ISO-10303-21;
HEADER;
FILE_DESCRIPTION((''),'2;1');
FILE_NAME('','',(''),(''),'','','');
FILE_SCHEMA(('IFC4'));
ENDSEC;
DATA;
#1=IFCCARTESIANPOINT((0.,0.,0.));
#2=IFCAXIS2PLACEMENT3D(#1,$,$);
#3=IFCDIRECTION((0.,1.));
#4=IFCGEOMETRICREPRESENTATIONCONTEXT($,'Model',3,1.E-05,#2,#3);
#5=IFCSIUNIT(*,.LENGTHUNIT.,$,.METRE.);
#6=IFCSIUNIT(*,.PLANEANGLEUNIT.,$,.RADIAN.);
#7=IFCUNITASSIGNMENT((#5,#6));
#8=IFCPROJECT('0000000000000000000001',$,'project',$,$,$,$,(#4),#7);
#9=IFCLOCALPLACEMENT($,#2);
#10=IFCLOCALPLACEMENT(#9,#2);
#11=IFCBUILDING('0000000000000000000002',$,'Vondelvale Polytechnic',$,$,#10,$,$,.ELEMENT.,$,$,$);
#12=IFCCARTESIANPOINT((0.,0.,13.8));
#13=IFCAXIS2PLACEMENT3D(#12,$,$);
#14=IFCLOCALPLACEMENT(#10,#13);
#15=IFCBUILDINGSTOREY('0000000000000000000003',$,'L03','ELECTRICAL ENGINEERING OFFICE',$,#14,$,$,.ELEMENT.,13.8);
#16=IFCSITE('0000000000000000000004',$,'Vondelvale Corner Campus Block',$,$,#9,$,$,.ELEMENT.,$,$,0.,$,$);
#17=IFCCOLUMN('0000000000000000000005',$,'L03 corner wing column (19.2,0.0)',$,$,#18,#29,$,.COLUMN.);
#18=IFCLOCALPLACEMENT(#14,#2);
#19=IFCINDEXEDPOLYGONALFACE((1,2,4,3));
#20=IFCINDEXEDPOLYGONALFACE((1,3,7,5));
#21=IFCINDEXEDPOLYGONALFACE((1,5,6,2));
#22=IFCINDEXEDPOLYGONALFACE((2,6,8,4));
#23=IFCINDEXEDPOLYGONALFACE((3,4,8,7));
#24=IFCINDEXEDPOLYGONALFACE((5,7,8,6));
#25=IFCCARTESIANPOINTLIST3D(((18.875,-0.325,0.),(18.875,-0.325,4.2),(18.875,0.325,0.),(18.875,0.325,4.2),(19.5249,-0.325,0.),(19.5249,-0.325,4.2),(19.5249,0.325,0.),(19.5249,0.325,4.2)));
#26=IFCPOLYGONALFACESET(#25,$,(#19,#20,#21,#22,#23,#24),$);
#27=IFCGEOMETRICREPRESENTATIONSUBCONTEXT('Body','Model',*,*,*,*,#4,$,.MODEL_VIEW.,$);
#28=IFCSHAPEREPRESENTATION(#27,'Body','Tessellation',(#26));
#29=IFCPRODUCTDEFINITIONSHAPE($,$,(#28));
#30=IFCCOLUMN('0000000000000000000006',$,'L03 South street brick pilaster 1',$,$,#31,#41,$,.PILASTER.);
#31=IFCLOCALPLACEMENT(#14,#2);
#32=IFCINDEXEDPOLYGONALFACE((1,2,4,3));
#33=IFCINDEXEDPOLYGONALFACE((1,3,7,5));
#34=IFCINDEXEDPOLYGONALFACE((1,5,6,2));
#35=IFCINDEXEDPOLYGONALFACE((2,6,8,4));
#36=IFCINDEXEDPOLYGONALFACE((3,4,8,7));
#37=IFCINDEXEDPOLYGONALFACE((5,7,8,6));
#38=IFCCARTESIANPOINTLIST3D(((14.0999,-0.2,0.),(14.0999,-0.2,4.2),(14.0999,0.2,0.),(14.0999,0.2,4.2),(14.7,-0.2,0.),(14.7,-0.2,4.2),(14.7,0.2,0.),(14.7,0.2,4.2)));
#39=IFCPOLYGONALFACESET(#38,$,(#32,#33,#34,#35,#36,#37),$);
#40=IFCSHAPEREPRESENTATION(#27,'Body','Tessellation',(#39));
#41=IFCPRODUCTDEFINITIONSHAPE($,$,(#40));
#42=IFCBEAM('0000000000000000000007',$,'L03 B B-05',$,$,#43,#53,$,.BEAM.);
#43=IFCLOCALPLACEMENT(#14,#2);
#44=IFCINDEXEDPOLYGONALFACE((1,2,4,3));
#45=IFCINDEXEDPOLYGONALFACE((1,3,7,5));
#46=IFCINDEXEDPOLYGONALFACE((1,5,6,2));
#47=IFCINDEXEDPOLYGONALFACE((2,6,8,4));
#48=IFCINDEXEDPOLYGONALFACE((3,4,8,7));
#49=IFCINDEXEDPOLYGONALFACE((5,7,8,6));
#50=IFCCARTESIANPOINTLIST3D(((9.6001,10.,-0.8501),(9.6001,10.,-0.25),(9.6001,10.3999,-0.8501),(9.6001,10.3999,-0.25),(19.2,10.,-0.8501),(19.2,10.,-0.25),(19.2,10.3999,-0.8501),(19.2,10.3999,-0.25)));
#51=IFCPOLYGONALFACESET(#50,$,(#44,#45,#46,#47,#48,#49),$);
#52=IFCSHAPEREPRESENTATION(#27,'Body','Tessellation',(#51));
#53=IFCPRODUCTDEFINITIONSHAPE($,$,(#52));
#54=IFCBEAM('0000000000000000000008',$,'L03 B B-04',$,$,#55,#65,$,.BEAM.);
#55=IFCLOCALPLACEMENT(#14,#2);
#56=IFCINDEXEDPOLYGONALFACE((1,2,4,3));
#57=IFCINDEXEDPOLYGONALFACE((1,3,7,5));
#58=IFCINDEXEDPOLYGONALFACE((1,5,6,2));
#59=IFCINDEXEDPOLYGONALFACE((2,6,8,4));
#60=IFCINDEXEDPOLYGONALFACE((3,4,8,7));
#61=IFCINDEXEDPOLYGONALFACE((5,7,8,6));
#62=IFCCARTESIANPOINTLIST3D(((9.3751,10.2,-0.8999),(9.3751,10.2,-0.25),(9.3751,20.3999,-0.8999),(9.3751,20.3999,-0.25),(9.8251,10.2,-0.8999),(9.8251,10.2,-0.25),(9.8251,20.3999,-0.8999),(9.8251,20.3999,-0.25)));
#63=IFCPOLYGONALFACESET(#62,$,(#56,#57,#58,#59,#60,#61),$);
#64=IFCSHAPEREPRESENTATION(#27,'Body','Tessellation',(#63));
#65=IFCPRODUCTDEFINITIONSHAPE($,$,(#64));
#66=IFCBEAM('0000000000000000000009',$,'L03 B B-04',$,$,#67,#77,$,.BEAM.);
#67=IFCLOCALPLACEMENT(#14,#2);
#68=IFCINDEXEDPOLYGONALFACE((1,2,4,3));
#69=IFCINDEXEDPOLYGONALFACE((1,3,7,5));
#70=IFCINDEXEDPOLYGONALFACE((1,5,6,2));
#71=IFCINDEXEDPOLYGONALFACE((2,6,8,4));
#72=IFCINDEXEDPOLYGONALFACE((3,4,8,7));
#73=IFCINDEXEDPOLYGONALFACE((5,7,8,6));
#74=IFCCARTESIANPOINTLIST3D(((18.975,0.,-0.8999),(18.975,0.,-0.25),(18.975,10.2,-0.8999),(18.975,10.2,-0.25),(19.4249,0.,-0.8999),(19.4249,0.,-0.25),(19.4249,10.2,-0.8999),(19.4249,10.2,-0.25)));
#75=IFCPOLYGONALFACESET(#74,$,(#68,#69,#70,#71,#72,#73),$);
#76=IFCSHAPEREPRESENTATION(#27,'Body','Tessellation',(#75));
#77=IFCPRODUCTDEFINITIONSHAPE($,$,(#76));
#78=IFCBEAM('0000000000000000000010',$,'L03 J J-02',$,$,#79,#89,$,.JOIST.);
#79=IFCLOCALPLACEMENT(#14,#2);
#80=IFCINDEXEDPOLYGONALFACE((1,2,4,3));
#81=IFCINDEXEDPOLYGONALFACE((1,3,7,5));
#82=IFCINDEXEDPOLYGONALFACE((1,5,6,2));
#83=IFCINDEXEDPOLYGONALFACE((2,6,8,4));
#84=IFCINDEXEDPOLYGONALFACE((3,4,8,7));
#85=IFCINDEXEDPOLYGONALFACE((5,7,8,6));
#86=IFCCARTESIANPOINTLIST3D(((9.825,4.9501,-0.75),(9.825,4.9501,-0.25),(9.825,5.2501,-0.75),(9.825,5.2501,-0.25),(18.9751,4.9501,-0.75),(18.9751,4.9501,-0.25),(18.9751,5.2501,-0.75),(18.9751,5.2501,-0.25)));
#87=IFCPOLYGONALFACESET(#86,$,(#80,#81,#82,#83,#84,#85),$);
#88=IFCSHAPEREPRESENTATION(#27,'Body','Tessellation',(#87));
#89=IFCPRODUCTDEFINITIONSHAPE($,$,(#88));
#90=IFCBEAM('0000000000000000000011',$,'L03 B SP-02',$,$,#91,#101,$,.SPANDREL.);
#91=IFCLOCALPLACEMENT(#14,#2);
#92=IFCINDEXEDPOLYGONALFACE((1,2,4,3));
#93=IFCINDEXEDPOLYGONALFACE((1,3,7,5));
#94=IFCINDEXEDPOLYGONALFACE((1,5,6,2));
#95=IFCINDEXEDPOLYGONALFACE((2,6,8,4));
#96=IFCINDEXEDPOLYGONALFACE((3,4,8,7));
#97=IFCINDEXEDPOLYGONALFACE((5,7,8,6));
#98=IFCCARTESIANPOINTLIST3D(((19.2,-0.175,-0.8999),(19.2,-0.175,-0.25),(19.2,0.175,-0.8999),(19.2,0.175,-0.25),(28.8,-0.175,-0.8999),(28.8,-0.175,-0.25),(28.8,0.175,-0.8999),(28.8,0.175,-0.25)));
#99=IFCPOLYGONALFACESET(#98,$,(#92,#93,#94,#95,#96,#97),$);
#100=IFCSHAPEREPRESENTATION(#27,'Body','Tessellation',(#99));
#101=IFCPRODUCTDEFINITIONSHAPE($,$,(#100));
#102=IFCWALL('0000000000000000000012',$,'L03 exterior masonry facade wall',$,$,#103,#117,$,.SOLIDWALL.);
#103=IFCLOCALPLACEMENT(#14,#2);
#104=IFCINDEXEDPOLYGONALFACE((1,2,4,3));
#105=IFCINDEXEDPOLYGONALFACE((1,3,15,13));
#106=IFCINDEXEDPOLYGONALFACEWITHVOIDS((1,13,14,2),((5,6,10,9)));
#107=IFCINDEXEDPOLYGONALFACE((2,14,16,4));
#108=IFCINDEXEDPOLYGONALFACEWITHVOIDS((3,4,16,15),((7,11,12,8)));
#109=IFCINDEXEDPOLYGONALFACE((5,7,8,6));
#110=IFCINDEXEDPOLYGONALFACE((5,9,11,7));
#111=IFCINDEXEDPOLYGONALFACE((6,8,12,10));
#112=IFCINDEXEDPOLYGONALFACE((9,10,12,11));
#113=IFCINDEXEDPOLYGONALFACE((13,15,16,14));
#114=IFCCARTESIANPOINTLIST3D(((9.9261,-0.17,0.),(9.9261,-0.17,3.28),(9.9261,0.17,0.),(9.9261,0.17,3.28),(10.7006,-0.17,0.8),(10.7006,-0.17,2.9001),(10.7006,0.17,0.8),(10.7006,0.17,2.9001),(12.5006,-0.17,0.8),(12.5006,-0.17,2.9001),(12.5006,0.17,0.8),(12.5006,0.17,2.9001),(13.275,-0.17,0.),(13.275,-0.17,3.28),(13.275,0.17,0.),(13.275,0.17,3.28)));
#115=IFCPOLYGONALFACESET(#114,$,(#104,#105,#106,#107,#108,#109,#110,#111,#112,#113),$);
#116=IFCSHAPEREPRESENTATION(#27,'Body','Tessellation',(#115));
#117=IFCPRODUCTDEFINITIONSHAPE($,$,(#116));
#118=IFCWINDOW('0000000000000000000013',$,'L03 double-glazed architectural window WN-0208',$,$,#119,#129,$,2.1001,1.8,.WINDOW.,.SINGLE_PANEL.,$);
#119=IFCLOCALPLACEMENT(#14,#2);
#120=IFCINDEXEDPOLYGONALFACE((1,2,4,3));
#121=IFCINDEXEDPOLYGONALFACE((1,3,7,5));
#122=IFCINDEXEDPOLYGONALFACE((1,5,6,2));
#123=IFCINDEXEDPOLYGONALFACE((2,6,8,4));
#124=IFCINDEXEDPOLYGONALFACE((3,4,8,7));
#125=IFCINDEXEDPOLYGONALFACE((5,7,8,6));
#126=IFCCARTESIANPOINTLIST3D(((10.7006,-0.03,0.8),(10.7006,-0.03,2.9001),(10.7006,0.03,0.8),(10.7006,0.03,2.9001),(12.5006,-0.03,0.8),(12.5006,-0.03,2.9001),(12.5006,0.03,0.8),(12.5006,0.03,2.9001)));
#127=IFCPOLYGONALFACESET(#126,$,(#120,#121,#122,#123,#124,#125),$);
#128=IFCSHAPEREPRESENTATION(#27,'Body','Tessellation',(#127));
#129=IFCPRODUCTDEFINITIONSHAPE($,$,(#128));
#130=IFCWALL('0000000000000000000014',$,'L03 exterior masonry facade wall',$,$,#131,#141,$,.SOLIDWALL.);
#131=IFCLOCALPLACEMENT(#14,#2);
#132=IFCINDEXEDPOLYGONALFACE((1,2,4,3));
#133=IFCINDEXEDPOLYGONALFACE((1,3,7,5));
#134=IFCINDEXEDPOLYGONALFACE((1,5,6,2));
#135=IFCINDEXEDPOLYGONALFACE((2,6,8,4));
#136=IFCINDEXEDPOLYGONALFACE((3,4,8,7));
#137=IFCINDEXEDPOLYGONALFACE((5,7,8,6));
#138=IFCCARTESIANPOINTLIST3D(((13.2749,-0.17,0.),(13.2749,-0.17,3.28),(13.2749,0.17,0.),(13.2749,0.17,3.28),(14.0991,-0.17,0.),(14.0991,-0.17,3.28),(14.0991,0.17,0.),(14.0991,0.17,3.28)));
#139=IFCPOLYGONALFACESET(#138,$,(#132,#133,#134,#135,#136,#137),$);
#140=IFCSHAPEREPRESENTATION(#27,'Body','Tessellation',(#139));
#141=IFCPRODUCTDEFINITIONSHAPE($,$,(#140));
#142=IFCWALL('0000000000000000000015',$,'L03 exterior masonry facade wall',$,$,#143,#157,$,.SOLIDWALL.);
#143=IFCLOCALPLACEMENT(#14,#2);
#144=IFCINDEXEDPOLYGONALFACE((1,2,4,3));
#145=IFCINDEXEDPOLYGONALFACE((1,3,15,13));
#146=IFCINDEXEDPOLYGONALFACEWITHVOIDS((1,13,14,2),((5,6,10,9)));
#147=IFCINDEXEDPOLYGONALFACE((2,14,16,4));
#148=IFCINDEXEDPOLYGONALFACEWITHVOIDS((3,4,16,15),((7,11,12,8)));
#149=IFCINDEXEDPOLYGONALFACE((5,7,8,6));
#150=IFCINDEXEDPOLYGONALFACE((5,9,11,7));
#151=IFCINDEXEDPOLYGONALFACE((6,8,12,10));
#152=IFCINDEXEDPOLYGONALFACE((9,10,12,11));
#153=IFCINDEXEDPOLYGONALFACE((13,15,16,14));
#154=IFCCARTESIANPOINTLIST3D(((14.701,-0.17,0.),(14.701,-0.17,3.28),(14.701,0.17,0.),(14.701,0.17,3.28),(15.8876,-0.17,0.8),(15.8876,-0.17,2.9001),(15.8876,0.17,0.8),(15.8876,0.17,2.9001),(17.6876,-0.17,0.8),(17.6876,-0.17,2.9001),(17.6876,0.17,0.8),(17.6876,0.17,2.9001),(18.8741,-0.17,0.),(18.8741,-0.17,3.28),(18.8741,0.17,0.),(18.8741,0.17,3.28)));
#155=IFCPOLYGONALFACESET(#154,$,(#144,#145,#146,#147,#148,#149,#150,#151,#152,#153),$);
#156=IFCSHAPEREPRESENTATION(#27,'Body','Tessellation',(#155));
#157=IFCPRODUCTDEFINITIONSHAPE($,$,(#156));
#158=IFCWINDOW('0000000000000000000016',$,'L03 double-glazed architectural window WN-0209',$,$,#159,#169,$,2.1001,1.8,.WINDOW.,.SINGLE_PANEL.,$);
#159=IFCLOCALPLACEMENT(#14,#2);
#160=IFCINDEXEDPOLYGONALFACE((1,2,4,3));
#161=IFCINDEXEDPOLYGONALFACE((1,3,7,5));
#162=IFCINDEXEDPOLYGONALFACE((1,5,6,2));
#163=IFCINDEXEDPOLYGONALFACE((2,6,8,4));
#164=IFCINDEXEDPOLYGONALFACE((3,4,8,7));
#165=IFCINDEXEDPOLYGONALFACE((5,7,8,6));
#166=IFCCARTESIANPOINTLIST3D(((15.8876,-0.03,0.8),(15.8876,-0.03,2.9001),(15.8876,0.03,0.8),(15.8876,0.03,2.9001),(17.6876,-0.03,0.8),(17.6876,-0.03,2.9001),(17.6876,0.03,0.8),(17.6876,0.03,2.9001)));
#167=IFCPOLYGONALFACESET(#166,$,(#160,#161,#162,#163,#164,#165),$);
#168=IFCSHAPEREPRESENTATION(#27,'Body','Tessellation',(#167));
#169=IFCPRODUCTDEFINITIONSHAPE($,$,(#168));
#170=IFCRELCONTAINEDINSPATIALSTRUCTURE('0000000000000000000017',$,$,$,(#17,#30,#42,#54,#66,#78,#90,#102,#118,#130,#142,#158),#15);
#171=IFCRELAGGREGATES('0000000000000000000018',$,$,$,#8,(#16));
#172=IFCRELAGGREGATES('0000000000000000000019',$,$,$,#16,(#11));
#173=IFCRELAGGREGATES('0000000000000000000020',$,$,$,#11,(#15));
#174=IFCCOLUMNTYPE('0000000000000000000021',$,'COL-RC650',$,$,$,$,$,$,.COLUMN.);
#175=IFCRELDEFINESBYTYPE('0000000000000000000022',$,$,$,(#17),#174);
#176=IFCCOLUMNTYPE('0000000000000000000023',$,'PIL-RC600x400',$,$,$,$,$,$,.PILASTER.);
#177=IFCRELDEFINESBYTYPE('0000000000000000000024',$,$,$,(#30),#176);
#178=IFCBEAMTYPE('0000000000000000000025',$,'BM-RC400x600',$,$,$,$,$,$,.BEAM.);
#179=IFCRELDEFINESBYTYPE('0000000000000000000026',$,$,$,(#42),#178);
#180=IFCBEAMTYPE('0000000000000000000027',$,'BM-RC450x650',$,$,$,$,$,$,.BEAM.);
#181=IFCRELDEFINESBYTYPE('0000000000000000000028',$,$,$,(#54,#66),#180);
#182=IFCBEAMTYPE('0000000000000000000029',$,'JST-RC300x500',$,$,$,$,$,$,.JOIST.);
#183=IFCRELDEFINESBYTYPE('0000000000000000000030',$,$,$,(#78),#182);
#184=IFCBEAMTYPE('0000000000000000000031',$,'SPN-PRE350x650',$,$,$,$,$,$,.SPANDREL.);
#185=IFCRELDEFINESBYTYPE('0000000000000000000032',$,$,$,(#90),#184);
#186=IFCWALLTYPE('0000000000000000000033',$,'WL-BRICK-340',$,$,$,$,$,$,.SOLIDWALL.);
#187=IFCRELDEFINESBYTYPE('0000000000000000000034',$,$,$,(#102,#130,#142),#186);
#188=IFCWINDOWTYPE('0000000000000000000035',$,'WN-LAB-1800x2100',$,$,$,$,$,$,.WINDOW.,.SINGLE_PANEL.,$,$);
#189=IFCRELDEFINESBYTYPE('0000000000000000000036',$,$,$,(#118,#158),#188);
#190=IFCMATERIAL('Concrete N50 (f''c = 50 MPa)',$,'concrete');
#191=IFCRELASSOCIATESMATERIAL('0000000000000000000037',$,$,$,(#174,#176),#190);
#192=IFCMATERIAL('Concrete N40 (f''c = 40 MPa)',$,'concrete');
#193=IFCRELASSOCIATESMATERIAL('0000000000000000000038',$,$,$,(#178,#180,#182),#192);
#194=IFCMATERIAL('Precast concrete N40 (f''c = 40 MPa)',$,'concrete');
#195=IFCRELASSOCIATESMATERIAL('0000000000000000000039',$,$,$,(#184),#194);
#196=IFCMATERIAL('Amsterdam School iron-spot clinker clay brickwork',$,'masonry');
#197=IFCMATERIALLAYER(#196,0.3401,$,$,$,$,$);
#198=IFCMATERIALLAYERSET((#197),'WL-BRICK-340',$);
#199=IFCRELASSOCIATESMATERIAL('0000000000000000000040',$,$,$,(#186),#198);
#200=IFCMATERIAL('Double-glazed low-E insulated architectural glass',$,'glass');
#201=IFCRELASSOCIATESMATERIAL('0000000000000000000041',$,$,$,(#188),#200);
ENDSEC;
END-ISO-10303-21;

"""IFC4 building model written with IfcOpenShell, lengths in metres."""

from ifc_helpers import new_model, si_unit, direction, frame, frame_2d, origin, origin_2d, place, context, subcontext, project, spatial, rectangle, extrude, material, layer, layer_set, material_profile, profile_set, type_object, element, fill, save


model = new_model("IFC4")

# Units and contexts
model_context = context("Model", 3, precision=1e-05, world=origin(), true_north=direction((0.0, 1.0)))
body_context = subcontext(model_context, "Body", "Model", "MODEL_VIEW")
ifc_project = project(units=[si_unit("LENGTHUNIT", "METRE"), si_unit("PLANEANGLEUNIT", "RADIAN")], contexts=[model_context])

# Site, building, storey
site_placement = place(None, origin())
site = spatial("IfcSite", under=ifc_project, at=site_placement, Name="Vondelvale Corner Campus Block", CompositionType="ELEMENT", RefElevation=0.0)
building_placement = place(site_placement, origin())
building = spatial("IfcBuilding", under=site, at=building_placement, Name="Vondelvale Polytechnic", CompositionType="ELEMENT")
storey_placement = place(building_placement, frame((0.0, 0.0, 13.8)))
storey = spatial("IfcBuildingStorey", under=building, at=storey_placement, Name="L03", Description="ELECTRICAL ENGINEERING OFFICE", CompositionType="ELEMENT", Elevation=13.8)

# Columns
ifc_material_1 = material(Name="Concrete N50 (f'c = 50 MPa)", Category="concrete")
ifc_material_profile_1 = material_profile(ifc_material_1, rectangle(XDim=0.6499, YDim=0.6499, at=origin_2d()), Name="RC-COL-650x650")
ifc_profile_set_1 = profile_set([ifc_material_profile_1], Name="Concrete N50 (f'c = 50 MPa)")
column_type_1 = type_object("IfcColumnType", Name="COL-RC650", PredefinedType="COLUMN", material=ifc_profile_set_1)
column_1_placement = place(storey_placement, frame((19.2, 0.0, 0.0), z_axis=(0.0, 0.0, 1.0), x_axis=(1.0, 0.0, 0.0)))
element("IfcColumn", 1, at=column_1_placement, inside=storey, type_object=column_type_1, Name="L03 corner wing column (19.2,0.0)", PredefinedType="COLUMN", context=body_context, shape_type="SweptSolid", body=[
    extrude(rectangle(XDim=0.6499, YDim=0.6499, at=origin_2d()), origin(), (0.0, 0.0, 1.0), 4.2),
])
ifc_material_profile_2 = material_profile(ifc_material_1, rectangle(XDim=0.3999, YDim=0.6001, at=origin_2d()), Name="RC-PIL-600x400")
ifc_profile_set_2 = profile_set([ifc_material_profile_2], Name="Concrete N50 (f'c = 50 MPa)")
column_type_2 = type_object("IfcColumnType", Name="PIL-RC600x400", PredefinedType="PILASTER", material=ifc_profile_set_2)
column_2_placement = place(storey_placement, frame((14.3999, 0.0, 0.0), z_axis=(0.0, 0.0, 1.0), x_axis=(0.0, 1.0, 0.0)))
element("IfcColumn", 2, at=column_2_placement, inside=storey, type_object=column_type_2, Name="L03 South street brick pilaster 1", PredefinedType="PILASTER", context=body_context, shape_type="SweptSolid", body=[
    extrude(rectangle(XDim=0.3999, YDim=0.6001, at=origin_2d()), origin(), (0.0, 0.0, 1.0), 4.2),
])

# Beams
ifc_material_2 = material(Name="Concrete N40 (f'c = 40 MPa)", Category="concrete")
ifc_material_profile_3 = material_profile(ifc_material_2, rectangle(XDim=0.3999, YDim=0.6001, at=origin_2d()), Name="RC-BM-400x600")
ifc_profile_set_3 = profile_set([ifc_material_profile_3], Name="Concrete N40 (f'c = 40 MPa)")
beam_type_1 = type_object("IfcBeamType", Name="BM-RC400x600", PredefinedType="BEAM", material=ifc_profile_set_3)
beam_1_placement = place(storey_placement, frame((9.6001, 10.2, -0.55), z_axis=(1.0, 0.0, 0.0), x_axis=(0.0, 1.0, 0.0)))
element("IfcBeam", 3, at=beam_1_placement, inside=storey, type_object=beam_type_1, Name="L03 B B-05", PredefinedType="BEAM", context=body_context, shape_type="SweptSolid", body=[
    extrude(rectangle(XDim=0.3999, YDim=0.6001, at=origin_2d()), origin(), (0.0, 0.0, 1.0), 9.5999),
])
ifc_material_profile_4 = material_profile(ifc_material_2, rectangle(XDim=0.45, YDim=0.6499, at=origin_2d()), Name="RC-BM-450x650")
ifc_profile_set_4 = profile_set([ifc_material_profile_4], Name="Concrete N40 (f'c = 40 MPa)")
beam_type_2 = type_object("IfcBeamType", Name="BM-RC450x650", PredefinedType="BEAM", material=ifc_profile_set_4)
for number, where, z_axis, x_axis, name in (
    (4, (9.6001, 10.2, -0.575), (0.0, 1.0, 0.0), (-1.0, 0.0, 0.0), "L03 B B-04"),
    (5, (19.2, 0.0, -0.575), (0.0, 1.0, 0.0), (-1.0, 0.0, 0.0), "L03 B B-04"),
):
    element("IfcBeam", number, at=place(storey_placement, frame(where, z_axis=z_axis, x_axis=x_axis)), inside=storey, type_object=beam_type_2, Name=name, PredefinedType="BEAM", context=body_context, shape_type="SweptSolid", body=[
        extrude(rectangle(XDim=0.45, YDim=0.6499, at=origin_2d()), origin(), (0.0, 0.0, 1.0), 10.2),
    ])
ifc_material_profile_5 = material_profile(ifc_material_2, rectangle(XDim=0.3, YDim=0.5, at=origin_2d()), Name="RC-JST-300x500")
ifc_profile_set_5 = profile_set([ifc_material_profile_5], Name="Concrete N40 (f'c = 40 MPa)")
beam_type_3 = type_object("IfcBeamType", Name="JST-RC300x500", PredefinedType="JOIST", material=ifc_profile_set_5)
beam_2_placement = place(storey_placement, frame((9.825, 5.1001, -0.5), z_axis=(1.0, 0.0, 0.0), x_axis=(0.0, 1.0, 0.0)))
element("IfcBeam", 6, at=beam_2_placement, inside=storey, type_object=beam_type_3, Name="L03 J J-02", PredefinedType="JOIST", context=body_context, shape_type="SweptSolid", body=[
    extrude(rectangle(XDim=0.3, YDim=0.5, at=origin_2d()), origin(), (0.0, 0.0, 1.0), 9.1501),
])
ifc_material_3 = material(Name="Precast concrete N40 (f'c = 40 MPa)", Category="concrete")
ifc_material_profile_6 = material_profile(ifc_material_3, rectangle(XDim=0.3501, YDim=0.6499, at=origin_2d()), Name="RC-SPN-350x650")
ifc_profile_set_6 = profile_set([ifc_material_profile_6], Name="Precast concrete N40 (f'c = 40 MPa)")
beam_type_4 = type_object("IfcBeamType", Name="SPN-PRE350x650", PredefinedType="SPANDREL", material=ifc_profile_set_6)
beam_3_placement = place(storey_placement, frame((19.2, 0.0, -0.575), z_axis=(1.0, 0.0, 0.0), x_axis=(0.0, 1.0, 0.0)))
element("IfcBeam", 7, at=beam_3_placement, inside=storey, type_object=beam_type_4, Name="L03 B SP-02", PredefinedType="SPANDREL", context=body_context, shape_type="SweptSolid", body=[
    extrude(rectangle(XDim=0.3501, YDim=0.6499, at=origin_2d()), origin(), (0.0, 0.0, 1.0), 9.6001),
])

# Wall, opening, window
ifc_material_4 = material(Name="Amsterdam School iron-spot clinker clay brickwork", Category="masonry")
ifc_layer_1 = layer(ifc_material_4, 0.3401)
ifc_layer_set_1 = layer_set([ifc_layer_1], Name="WL-BRICK-340")
wall_type_1 = type_object("IfcWallType", Name="WL-BRICK-340", PredefinedType="SOLIDWALL", material=ifc_layer_set_1)
wall_1_placement = place(storey_placement, frame((13.2749, 0.0, 0.0), z_axis=(0.0, 0.0, 1.0), x_axis=(-1.0, 0.0, 0.0)))
wall_1 = element("IfcWall", 8, at=wall_1_placement, inside=storey, type_object=wall_type_1, Name="L03 exterior masonry facade wall", PredefinedType="SOLIDWALL", context=body_context, shape_type="SweptSolid", body=[
    extrude(rectangle(XDim=3.3489, YDim=0.3401, at=frame_2d((1.6743, 0.0))), origin(), (0.0, 0.0, 1.0), 3.28),
])
opening_1_placement = place(wall_1_placement, frame((0.7744, 0.0, 0.8)))
opening_1 = element("IfcOpeningElement", 9, at=opening_1_placement, cuts=wall_1, PredefinedType="OPENING", context=body_context, shape_type="SweptSolid", body=[
    extrude(rectangle(XDim=1.8, YDim=2.1001, at=frame_2d((0.8999, 1.05))), frame((0.0, 0.1799, 0.0), z_axis=(0.0, -1.0, 0.0), x_axis=(1.0, 0.0, 0.0)), (0.0, 0.0, 1.0), 0.3601),
])
ifc_material_5 = material(Name="Double-glazed low-E insulated architectural glass", Category="glass")
window_type = type_object("IfcWindowType", Name="WN-LAB-1800x2100", PartitioningType="SINGLE_PANEL", PredefinedType="WINDOW", material=ifc_material_5)
window_1_placement = place(opening_1_placement, origin())
window_1 = element("IfcWindow", 10, at=window_1_placement, inside=storey, type_object=window_type, Name="L03 double-glazed architectural window WN-0208", OverallHeight=2.1001, OverallWidth=1.8, PartitioningType="SINGLE_PANEL", PredefinedType="WINDOW", context=body_context, shape_type="SweptSolid", body=[
    extrude(rectangle(XDim=1.8, YDim=2.1001, at=frame_2d((0.8999, 1.05))), frame((0.0, 0.03, 0.0), z_axis=(0.0, -1.0, 0.0), x_axis=(1.0, 0.0, 0.0)), (0.0, 0.0, 1.0), 0.0601),
])
fill(opening_1, window_1)

# Wall
wall_2_placement = place(storey_placement, frame((14.0991, 0.0, 0.0), z_axis=(0.0, 0.0, 1.0), x_axis=(-1.0, 0.0, 0.0)))
element("IfcWall", 11, at=wall_2_placement, inside=storey, type_object=wall_type_1, Name="L03 exterior masonry facade wall", PredefinedType="SOLIDWALL", context=body_context, shape_type="SweptSolid", body=[
    extrude(rectangle(XDim=0.8242, YDim=0.3401, at=frame_2d((0.4121, 0.0))), origin(), (0.0, 0.0, 1.0), 3.28),
])

# Wall, opening, window
wall_3_placement = place(storey_placement, frame((18.874, 0.0, 0.0), z_axis=(0.0, 0.0, 1.0), x_axis=(-1.0, 0.0, 0.0)))
wall_3 = element("IfcWall", 12, at=wall_3_placement, inside=storey, type_object=wall_type_1, Name="L03 exterior masonry facade wall", PredefinedType="SOLIDWALL", context=body_context, shape_type="SweptSolid", body=[
    extrude(rectangle(XDim=4.1731, YDim=0.3401, at=frame_2d((2.0864, 0.0))), origin(), (0.0, 0.0, 1.0), 3.28),
])
opening_2_placement = place(wall_3_placement, frame((1.1865, 0.0, 0.8)))
opening_2 = element("IfcOpeningElement", 13, at=opening_2_placement, cuts=wall_3, PredefinedType="OPENING", context=body_context, shape_type="SweptSolid", body=[
    extrude(rectangle(XDim=1.8, YDim=2.1001, at=frame_2d((0.8999, 1.05))), frame((0.0, 0.1799, 0.0), z_axis=(0.0, -1.0, 0.0), x_axis=(1.0, 0.0, 0.0)), (0.0, 0.0, 1.0), 0.3601),
])
window_2_placement = place(opening_2_placement, origin())
window_2 = element("IfcWindow", 14, at=window_2_placement, inside=storey, type_object=window_type, Name="L03 double-glazed architectural window WN-0209", OverallHeight=2.1001, OverallWidth=1.8, PartitioningType="SINGLE_PANEL", PredefinedType="WINDOW", context=body_context, shape_type="SweptSolid", body=[
    extrude(rectangle(XDim=1.8, YDim=2.1001, at=frame_2d((0.8999, 1.05))), frame((0.0, 0.03, 0.0), z_axis=(0.0, -1.0, 0.0), x_axis=(1.0, 0.0, 0.0)), (0.0, 0.0, 1.0), 0.0601),
])
fill(opening_2, window_2)

save(model, "model.ifc")
